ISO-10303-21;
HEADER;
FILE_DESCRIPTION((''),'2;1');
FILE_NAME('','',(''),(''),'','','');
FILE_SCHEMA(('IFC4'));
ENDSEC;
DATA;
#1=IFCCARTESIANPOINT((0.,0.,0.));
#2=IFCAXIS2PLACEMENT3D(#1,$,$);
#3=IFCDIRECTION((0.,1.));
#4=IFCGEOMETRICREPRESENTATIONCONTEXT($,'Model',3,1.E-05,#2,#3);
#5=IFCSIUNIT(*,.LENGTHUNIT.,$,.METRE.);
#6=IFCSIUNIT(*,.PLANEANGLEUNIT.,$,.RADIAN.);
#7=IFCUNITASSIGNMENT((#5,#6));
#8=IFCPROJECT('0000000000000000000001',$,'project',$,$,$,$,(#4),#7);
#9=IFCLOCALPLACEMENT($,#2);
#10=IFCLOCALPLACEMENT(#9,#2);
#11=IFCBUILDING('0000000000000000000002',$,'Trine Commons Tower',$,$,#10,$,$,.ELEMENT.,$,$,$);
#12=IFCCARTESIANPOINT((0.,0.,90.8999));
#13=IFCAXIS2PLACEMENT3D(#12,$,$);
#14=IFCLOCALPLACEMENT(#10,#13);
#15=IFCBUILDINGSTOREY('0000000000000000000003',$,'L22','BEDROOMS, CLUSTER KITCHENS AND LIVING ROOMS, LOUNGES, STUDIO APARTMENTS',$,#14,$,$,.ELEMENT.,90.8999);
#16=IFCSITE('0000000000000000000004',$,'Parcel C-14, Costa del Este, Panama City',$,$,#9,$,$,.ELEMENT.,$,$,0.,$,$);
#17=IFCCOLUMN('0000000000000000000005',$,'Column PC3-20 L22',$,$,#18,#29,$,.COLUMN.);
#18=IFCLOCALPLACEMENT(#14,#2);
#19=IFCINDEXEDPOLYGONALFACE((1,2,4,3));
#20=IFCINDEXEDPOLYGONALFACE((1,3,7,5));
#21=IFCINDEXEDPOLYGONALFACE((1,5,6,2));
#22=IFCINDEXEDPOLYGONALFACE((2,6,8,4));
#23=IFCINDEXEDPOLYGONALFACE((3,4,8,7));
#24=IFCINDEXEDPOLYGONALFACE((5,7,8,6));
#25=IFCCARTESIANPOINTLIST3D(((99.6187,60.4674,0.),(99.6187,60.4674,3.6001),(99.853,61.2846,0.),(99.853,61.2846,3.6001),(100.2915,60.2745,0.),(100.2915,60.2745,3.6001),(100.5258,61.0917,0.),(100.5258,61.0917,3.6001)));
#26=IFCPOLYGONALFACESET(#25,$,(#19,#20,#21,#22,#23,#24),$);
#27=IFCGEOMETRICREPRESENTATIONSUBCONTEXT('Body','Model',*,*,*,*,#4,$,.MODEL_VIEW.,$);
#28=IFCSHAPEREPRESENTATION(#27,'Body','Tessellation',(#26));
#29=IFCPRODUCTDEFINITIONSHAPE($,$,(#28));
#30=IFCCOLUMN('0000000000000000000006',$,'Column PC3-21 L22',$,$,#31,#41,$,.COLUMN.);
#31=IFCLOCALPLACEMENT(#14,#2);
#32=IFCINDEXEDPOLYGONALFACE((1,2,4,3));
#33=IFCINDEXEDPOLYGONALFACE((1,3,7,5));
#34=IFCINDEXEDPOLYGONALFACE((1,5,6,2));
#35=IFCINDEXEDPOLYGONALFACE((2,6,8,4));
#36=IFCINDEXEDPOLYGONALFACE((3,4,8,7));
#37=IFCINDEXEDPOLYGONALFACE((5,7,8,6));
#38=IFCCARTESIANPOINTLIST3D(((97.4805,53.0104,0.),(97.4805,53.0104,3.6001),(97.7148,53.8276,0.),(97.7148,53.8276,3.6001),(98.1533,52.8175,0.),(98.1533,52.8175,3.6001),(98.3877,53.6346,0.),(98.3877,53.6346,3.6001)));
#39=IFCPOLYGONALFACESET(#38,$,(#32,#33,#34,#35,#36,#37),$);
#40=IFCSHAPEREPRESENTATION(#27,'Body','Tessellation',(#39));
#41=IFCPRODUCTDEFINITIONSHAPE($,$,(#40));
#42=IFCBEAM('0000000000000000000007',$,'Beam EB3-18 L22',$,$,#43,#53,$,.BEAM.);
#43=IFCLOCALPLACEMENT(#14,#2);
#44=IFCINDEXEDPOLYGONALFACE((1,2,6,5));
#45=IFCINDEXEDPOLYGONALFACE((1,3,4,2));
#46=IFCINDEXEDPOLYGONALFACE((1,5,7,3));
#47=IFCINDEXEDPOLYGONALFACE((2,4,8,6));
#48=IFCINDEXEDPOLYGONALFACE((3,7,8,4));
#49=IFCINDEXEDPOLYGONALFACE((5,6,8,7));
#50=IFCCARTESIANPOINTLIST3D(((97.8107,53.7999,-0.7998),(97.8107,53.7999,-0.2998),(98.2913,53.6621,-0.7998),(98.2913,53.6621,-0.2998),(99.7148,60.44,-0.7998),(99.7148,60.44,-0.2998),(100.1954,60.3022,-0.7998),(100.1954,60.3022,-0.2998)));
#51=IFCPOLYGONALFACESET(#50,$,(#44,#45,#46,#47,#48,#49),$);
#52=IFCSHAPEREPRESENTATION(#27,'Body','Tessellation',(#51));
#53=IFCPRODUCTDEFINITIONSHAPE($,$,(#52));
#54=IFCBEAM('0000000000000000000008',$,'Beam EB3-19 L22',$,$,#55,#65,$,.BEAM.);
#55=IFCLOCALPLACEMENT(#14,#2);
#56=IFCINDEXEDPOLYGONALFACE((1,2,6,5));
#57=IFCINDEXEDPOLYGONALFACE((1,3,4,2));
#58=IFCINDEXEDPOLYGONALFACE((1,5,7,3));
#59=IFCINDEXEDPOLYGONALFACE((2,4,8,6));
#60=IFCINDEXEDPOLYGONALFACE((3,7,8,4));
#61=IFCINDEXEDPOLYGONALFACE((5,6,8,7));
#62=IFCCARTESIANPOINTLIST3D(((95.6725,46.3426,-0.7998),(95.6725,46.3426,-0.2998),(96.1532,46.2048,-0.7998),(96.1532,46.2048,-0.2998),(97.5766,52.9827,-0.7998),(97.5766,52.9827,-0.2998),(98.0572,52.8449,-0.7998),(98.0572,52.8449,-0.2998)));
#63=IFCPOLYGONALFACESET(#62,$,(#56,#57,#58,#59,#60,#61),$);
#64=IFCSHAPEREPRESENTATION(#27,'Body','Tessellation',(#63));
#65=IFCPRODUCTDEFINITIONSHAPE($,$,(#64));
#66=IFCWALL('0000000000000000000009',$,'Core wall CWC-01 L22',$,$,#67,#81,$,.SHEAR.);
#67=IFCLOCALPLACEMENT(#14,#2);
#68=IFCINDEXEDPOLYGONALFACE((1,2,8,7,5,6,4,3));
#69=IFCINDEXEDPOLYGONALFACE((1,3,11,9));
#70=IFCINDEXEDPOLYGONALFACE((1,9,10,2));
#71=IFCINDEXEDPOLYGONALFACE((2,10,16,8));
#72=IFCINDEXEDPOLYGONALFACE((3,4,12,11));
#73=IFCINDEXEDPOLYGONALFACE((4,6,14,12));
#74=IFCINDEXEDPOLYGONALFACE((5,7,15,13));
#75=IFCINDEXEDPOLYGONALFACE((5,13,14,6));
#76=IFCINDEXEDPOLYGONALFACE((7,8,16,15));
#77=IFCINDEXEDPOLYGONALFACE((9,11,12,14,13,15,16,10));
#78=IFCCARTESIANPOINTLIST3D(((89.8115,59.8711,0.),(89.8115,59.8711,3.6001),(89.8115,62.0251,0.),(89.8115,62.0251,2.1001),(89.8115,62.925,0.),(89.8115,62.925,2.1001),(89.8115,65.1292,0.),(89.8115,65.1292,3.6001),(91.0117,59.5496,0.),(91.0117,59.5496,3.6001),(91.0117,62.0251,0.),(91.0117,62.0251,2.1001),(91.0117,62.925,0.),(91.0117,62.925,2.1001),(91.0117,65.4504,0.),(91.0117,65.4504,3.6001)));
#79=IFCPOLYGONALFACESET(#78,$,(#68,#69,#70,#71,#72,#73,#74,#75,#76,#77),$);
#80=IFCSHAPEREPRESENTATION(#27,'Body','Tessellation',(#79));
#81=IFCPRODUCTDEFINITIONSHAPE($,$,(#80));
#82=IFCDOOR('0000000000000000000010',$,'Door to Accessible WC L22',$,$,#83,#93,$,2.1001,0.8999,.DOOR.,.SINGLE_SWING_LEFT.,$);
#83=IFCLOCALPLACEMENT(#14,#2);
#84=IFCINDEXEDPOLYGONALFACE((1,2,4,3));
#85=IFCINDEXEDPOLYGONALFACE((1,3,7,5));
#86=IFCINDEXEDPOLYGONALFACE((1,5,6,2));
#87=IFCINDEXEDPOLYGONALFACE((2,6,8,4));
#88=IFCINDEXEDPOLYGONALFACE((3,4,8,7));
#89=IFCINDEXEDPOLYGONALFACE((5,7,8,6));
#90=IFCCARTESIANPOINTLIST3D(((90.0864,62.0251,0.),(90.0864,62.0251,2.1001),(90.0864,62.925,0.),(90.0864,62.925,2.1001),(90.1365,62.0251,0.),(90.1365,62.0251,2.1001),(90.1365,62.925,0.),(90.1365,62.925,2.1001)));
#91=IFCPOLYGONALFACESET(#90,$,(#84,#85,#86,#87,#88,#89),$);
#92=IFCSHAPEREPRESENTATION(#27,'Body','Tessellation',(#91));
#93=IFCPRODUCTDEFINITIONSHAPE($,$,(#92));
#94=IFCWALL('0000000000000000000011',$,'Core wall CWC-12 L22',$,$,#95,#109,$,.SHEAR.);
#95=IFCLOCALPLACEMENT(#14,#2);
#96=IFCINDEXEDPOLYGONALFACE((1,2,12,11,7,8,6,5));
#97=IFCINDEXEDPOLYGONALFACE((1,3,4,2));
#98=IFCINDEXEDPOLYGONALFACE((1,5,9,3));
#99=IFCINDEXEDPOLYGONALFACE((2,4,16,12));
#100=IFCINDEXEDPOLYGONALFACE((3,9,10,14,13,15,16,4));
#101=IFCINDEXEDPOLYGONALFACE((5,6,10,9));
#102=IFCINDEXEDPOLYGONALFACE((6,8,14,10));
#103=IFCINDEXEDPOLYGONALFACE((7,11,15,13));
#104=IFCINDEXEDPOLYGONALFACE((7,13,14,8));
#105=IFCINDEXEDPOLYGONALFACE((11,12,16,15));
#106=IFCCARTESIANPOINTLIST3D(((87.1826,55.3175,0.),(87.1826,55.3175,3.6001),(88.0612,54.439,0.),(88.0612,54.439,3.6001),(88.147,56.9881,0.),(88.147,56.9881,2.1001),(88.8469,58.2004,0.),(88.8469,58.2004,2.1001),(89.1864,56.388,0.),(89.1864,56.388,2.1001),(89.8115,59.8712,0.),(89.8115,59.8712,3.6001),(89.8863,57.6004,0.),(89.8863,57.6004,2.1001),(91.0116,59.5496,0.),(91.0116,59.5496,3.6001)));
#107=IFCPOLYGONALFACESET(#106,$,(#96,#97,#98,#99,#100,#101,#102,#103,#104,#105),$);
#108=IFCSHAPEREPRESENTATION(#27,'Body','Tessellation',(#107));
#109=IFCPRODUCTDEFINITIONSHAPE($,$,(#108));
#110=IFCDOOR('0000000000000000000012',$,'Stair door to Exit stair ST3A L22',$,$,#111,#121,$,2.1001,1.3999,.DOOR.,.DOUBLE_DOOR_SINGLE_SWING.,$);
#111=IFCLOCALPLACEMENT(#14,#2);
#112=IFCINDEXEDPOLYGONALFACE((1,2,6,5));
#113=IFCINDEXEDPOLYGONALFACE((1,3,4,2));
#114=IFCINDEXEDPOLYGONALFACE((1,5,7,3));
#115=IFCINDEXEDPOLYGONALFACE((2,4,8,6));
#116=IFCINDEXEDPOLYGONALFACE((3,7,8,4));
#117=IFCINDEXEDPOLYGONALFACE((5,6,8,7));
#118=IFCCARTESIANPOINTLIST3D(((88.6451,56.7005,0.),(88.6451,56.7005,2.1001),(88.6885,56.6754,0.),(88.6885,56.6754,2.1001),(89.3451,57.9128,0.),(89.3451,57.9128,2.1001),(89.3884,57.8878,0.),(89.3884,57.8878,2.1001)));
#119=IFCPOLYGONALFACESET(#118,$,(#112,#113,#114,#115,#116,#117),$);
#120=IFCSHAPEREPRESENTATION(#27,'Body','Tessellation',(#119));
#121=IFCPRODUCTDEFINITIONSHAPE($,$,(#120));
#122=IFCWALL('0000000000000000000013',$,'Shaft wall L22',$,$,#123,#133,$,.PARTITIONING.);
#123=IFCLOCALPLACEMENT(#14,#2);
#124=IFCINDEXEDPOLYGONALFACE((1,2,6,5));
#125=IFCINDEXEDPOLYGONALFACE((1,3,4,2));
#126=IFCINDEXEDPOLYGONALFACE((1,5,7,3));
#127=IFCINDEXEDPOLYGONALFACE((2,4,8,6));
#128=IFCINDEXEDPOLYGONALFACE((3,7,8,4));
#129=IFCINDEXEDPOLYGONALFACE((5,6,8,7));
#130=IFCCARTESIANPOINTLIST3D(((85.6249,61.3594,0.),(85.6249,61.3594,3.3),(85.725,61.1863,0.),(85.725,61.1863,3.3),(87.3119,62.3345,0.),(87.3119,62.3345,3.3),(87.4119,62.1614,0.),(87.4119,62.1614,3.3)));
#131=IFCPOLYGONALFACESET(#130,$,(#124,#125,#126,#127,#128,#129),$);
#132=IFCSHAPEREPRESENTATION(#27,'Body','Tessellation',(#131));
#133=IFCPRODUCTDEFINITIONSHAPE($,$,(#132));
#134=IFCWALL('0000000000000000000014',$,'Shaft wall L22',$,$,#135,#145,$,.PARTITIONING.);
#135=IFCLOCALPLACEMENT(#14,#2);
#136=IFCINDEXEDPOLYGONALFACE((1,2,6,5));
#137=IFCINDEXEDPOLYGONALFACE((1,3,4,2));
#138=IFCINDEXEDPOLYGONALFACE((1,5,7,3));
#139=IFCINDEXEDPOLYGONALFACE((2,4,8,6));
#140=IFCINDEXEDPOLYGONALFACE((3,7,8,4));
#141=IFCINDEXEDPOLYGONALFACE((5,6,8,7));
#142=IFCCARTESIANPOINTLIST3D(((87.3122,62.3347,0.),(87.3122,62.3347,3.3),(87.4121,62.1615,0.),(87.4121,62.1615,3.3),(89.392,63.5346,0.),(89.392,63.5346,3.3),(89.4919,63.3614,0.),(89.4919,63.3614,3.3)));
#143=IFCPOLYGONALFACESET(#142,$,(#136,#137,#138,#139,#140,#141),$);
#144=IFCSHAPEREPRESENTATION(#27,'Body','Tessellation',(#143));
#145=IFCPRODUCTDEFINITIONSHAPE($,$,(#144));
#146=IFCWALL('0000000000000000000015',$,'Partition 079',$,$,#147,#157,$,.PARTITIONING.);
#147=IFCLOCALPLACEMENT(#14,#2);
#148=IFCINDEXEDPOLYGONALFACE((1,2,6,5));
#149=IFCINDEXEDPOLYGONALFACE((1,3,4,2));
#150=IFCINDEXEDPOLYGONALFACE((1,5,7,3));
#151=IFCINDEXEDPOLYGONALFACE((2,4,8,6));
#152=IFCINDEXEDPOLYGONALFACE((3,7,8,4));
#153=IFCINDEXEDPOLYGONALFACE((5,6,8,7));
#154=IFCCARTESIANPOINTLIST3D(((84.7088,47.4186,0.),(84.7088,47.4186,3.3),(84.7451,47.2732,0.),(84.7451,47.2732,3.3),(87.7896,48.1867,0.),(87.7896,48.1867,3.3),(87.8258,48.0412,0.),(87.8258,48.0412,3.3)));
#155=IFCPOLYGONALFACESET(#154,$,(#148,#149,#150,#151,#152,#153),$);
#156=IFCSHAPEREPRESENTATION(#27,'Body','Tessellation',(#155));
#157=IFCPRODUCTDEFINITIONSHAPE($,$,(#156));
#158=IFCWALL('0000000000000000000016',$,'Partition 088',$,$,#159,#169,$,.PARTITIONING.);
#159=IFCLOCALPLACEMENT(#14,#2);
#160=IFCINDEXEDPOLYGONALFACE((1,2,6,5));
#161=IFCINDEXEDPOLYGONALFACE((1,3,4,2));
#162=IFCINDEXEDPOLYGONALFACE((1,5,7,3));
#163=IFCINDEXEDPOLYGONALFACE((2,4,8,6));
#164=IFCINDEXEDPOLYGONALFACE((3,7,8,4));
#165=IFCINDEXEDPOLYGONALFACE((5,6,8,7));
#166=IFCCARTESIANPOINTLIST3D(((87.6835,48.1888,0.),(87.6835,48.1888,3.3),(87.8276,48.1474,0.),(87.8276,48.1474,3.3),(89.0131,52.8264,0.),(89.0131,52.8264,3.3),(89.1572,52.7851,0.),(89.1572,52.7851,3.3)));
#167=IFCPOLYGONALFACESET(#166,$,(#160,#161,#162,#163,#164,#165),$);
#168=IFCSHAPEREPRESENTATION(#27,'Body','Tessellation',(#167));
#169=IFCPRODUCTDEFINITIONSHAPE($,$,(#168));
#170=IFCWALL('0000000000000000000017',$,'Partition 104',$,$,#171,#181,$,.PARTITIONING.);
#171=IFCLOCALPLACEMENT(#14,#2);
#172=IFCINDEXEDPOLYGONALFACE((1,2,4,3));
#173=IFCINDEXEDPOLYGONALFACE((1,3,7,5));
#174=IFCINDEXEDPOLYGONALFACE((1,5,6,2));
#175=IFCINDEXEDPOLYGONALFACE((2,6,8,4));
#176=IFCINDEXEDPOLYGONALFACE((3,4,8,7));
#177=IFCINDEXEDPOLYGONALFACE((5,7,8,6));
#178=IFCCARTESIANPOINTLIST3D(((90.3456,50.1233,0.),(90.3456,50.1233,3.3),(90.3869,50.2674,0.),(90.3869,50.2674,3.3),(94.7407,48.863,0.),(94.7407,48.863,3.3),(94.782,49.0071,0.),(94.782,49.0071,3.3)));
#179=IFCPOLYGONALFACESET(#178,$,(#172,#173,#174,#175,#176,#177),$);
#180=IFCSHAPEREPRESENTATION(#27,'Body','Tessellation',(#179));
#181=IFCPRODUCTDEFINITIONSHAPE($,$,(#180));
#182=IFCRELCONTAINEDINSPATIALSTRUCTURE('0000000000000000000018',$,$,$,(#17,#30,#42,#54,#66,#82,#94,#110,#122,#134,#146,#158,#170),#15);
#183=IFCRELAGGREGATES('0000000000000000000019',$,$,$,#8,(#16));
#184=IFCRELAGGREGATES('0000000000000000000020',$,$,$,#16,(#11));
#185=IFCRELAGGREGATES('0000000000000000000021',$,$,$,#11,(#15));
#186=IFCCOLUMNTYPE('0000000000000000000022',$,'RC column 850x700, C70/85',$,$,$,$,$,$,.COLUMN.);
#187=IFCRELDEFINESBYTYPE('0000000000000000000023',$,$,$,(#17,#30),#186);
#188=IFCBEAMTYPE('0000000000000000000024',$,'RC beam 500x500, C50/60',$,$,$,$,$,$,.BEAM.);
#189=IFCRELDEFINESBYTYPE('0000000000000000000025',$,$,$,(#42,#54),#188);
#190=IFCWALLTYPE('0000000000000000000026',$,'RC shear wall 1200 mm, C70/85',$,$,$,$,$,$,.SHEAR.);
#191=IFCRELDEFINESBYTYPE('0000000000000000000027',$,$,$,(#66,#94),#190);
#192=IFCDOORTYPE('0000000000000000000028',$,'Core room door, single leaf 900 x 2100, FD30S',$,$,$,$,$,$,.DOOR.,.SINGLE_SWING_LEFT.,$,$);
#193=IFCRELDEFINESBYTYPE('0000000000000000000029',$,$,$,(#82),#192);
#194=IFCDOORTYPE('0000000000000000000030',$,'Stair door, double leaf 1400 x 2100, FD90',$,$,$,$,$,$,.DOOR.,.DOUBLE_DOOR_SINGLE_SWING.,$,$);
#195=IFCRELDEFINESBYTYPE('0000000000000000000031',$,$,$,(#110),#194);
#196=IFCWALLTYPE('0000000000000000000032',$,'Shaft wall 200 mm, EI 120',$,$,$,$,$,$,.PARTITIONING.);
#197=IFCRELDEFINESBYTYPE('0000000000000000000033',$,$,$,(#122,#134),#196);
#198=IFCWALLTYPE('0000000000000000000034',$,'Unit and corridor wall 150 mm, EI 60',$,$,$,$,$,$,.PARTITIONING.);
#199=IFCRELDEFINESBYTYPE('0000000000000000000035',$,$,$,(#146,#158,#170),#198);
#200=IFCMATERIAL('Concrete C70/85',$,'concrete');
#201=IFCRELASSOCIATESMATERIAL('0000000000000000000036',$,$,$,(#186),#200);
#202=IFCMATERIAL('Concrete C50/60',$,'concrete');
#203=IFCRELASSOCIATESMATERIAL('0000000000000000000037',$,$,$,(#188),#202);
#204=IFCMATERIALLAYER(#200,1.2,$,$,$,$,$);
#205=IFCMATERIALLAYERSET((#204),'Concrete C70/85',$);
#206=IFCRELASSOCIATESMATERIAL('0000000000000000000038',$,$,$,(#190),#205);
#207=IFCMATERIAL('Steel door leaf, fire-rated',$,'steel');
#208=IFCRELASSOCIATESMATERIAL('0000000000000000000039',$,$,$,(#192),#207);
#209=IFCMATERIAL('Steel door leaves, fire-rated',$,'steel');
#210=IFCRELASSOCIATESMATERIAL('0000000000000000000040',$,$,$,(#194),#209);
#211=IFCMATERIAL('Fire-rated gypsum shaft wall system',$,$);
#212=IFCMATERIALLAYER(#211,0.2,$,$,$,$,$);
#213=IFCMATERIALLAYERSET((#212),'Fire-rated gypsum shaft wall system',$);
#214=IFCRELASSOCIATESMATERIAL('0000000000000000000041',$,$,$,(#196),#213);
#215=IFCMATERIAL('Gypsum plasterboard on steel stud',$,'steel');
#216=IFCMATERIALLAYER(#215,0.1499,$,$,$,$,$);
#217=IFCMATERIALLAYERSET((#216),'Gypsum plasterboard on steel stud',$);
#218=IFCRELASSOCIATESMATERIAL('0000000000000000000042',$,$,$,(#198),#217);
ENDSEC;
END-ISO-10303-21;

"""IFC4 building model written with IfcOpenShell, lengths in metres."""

from ifc_helpers import new_model, si_unit, direction, frame, frame_2d, origin, origin_2d, place, context, subcontext, project, spatial, polyline, rectangle, outline, extrude, material, layer, layer_set, material_profile, profile_set, type_object, element, fill, save


model = new_model("IFC4")

# Units and contexts
model_context = context("Model", 3, precision=1e-05, world=origin(), true_north=direction((0.0, 1.0)))
body_context = subcontext(model_context, "Body", "Model", "MODEL_VIEW")
ifc_project = project(units=[si_unit("LENGTHUNIT", "METRE"), si_unit("PLANEANGLEUNIT", "RADIAN")], contexts=[model_context])

# Site, building, storey
site_placement = place(None, origin())
site = spatial("IfcSite", under=ifc_project, at=site_placement, Name="Parcel C-14, Costa del Este, Panama City", CompositionType="ELEMENT", RefElevation=0.0)
building_placement = place(site_placement, origin())
building = spatial("IfcBuilding", under=site, at=building_placement, Name="Trine Commons Tower", CompositionType="ELEMENT")
storey_placement = place(building_placement, frame((0.0, 0.0, 90.8999)))
storey = spatial("IfcBuildingStorey", under=building, at=storey_placement, Name="L22", Description="BEDROOMS, CLUSTER KITCHENS AND LIVING ROOMS, LOUNGES, STUDIO APARTMENTS", CompositionType="ELEMENT", Elevation=90.8999)

# Columns
ifc_material_1 = material(Name="Concrete C70/85", Category="concrete")
ifc_material_profile_1 = material_profile(ifc_material_1, rectangle(XDim=0.8501, YDim=0.7, at=origin_2d()), Name="RC 850x700")
ifc_profile_set_1 = profile_set([ifc_material_profile_1], Name="Concrete C70/85")
column_type = type_object("IfcColumnType", Name="RC column 850x700, C70/85", PredefinedType="COLUMN", material=ifc_profile_set_1)
for number, where, z_axis, x_axis, name in (
    (1, (100.0723, 60.7795, 0.0), (0.0, 0.0, 1.0), (0.275637, 0.961262, 0.0), "Column PC3-20 L22"),
    (2, (97.9341, 53.3225, 0.0), (0.0, 0.0, 1.0), (0.275637, 0.961262, 0.0), "Column PC3-21 L22"),
):
    element("IfcColumn", number, at=place(storey_placement, frame(where, z_axis=z_axis, x_axis=x_axis)), inside=storey, type_object=column_type, Name=name, PredefinedType="COLUMN", context=body_context, shape_type="SweptSolid", body=[
        extrude(rectangle(XDim=0.8501, YDim=0.7, at=origin_2d()), origin(), (0.0, 0.0, 1.0), 3.6001),
    ])

# Beams
ifc_material_2 = material(Name="Concrete C50/60", Category="concrete")
ifc_material_profile_2 = material_profile(ifc_material_2, rectangle(XDim=0.5, YDim=0.5, at=origin_2d()), Name="RC 500x500")
ifc_profile_set_2 = profile_set([ifc_material_profile_2], Name="Concrete C50/60")
beam_type = type_object("IfcBeamType", Name="RC beam 500x500, C50/60", PredefinedType="BEAM", material=ifc_profile_set_2)
for number, where, z_axis, x_axis, name in (
    (3, (99.9551, 60.3711, -0.5498), (-0.275641, -0.961261, 0.0), (0.961261, -0.275641, 0.0), "Beam EB3-18 L22"),
    (4, (97.8169, 52.9138, -0.5498), (-0.275641, -0.961261, 0.0), (0.961261, -0.275641, 0.0), "Beam EB3-19 L22"),
):
    element("IfcBeam", number, at=place(storey_placement, frame(where, z_axis=z_axis, x_axis=x_axis)), inside=storey, type_object=beam_type, Name=name, PredefinedType="BEAM", context=body_context, shape_type="SweptSolid", body=[
        extrude(rectangle(XDim=0.5, YDim=0.5, at=origin_2d()), origin(), (0.0, 0.0, 1.0), 6.9077),
    ])

# Walls, openings, doors
ifc_layer_1 = layer(ifc_material_1, 1.2)
ifc_layer_set_1 = layer_set([ifc_layer_1], Name="Concrete C70/85")
wall_type_1 = type_object("IfcWallType", Name="RC shear wall 1200 mm, C70/85", PredefinedType="SHEAR", material=ifc_layer_set_1)
wall_1_placement = place(storey_placement, frame((90.4116, 59.5496, 0.0), z_axis=(0.0, 0.0, 1.0), x_axis=(0.0, 1.0, 0.0)))
wall_1 = element("IfcWall", 5, at=wall_1_placement, inside=storey, type_object=wall_type_1, Name="Core wall CWC-01 L22", PredefinedType="SHEAR", context=body_context, shape_type="SweptSolid", body=[
    extrude(outline(polyline([(0.0, -0.6001), (5.9009, -0.6001), (5.5796, 0.6001), (0.3215, 0.6001), (0.0, -0.6001)])), origin(), (0.0, 0.0, 1.0), 3.6001),
])
opening_1_placement = place(wall_1_placement, frame((2.4756, 0.0, 0.0)))
opening_1 = element("IfcOpeningElement", 6, at=opening_1_placement, cuts=wall_1, PredefinedType="OPENING", context=body_context, shape_type="SweptSolid", body=[
    extrude(rectangle(XDim=0.8999, YDim=2.1001, at=frame_2d((0.45, 1.05))), frame((0.0, 0.6099, 0.0), z_axis=(0.0, -1.0, 0.0), x_axis=(1.0, 0.0, 0.0)), (0.0, 0.0, 1.0), 1.22),
])
ifc_material_3 = material(Name="Steel door leaf, fire-rated", Category="steel")
door_type_1 = type_object("IfcDoorType", Name="Core room door, single leaf 900 x 2100, FD30S", OperationType="SINGLE_SWING_LEFT", PredefinedType="DOOR", material=ifc_material_3)
door_1_placement = place(opening_1_placement, origin())
door_1 = element("IfcDoor", 7, at=door_1_placement, inside=storey, type_object=door_type_1, Name="Door to Accessible WC L22", OperationType="SINGLE_SWING_LEFT", OverallHeight=2.1001, OverallWidth=0.8999, PredefinedType="DOOR", context=body_context, shape_type="SweptSolid", body=[
    extrude(rectangle(XDim=0.8999, YDim=2.1001, at=frame_2d((0.45, 1.05))), frame((0.0, 0.3252, 0.0), z_axis=(0.0, -1.0, 0.0), x_axis=(1.0, 0.0, 0.0)), (0.0, 0.0, 1.0), 0.05),
])
fill(opening_1, door_1)
wall_2_placement = place(storey_placement, frame((87.5415, 54.739, 0.0), z_axis=(0.0, 0.0, 1.0), x_axis=(0.499979, 0.866037, 0.0)))
wall_2 = element("IfcWall", 8, at=wall_2_placement, inside=storey, type_object=wall_type_1, Name="Core wall CWC-12 L22", PredefinedType="SHEAR", context=body_context, shape_type="SweptSolid", body=[
    extrude(outline(polyline([(0.0, -0.6001), (5.9011, -0.6001), (5.5796, 0.6001), (0.3215, 0.6001), (0.0, -0.6001)])), origin(), (0.0, 0.0, 1.0), 3.6001),
])
opening_2_placement = place(wall_2_placement, frame((2.2505, 0.0, 0.0)))
opening_2 = element("IfcOpeningElement", 9, at=opening_2_placement, cuts=wall_2, PredefinedType="OPENING", context=body_context, shape_type="SweptSolid", body=[
    extrude(rectangle(XDim=1.3999, YDim=2.1001, at=frame_2d((0.7, 1.05))), frame((0.0, 0.6099, 0.0), z_axis=(0.0, -1.0, 0.0), x_axis=(1.0, 0.0, 0.0)), (0.0, 0.0, 1.0), 1.22),
])
ifc_material_4 = material(Name="Steel door leaves, fire-rated", Category="steel")
door_type_2 = type_object("IfcDoorType", Name="Stair door, double leaf 1400 x 2100, FD90", OperationType="DOUBLE_DOOR_SINGLE_SWING", PredefinedType="DOOR", material=ifc_material_4)
door_2_placement = place(opening_2_placement, origin())
door_2 = element("IfcDoor", 10, at=door_2_placement, inside=storey, type_object=door_type_2, Name="Stair door to Exit stair ST3A L22", OperationType="DOUBLE_DOOR_SINGLE_SWING", OverallHeight=2.1001, OverallWidth=1.3999, PredefinedType="DOOR", context=body_context, shape_type="SweptSolid", body=[
    extrude(rectangle(XDim=1.3999, YDim=2.1001, at=frame_2d((0.7, 1.05))), frame((0.0, 0.0249, 0.0), z_axis=(0.0, -1.0, 0.0), x_axis=(1.0, 0.0, 0.0)), (0.0, 0.0, 1.0), 0.05),
])
fill(opening_2, door_2)

# Walls
ifc_material_5 = material(Name="Fire-rated gypsum shaft wall system")
ifc_layer_2 = layer(ifc_material_5, 0.2)
ifc_layer_set_2 = layer_set([ifc_layer_2], Name="Fire-rated gypsum shaft wall system")
wall_type_2 = type_object("IfcWallType", Name="Shaft wall 200 mm, EI 120", PredefinedType="PARTITIONING", material=ifc_layer_set_2)
wall_3_placement = place(storey_placement, frame((85.675, 61.2729, 0.0), z_axis=(0.0, 0.0, 1.0), x_axis=(0.865781, 0.500424, 0.0)))
element("IfcWall", 11, at=wall_3_placement, inside=storey, type_object=wall_type_2, Name="Shaft wall L22", PredefinedType="PARTITIONING", context=body_context, shape_type="SweptSolid", body=[
    extrude(rectangle(XDim=1.9485, YDim=0.2, at=frame_2d((0.9741, 0.0))), origin(), (0.0, 0.0, 1.0), 3.3),
])
wall_4_placement = place(storey_placement, frame((87.3621, 62.248, 0.0), z_axis=(0.0, 0.0, 1.0), x_axis=(0.866177, 0.499737, 0.0)))
element("IfcWall", 12, at=wall_4_placement, inside=storey, type_object=wall_type_2, Name="Shaft wall L22", PredefinedType="PARTITIONING", context=body_context, shape_type="SweptSolid", body=[
    extrude(rectangle(XDim=2.4011, YDim=0.2, at=frame_2d((1.2007, 0.0))), origin(), (0.0, 0.0, 1.0), 3.3),
])
ifc_material_6 = material(Name="Gypsum plasterboard on steel stud", Category="steel")
ifc_layer_3 = layer(ifc_material_6, 0.1499)
ifc_layer_set_3 = layer_set([ifc_layer_3], Name="Gypsum plasterboard on steel stud")
wall_type_3 = type_object("IfcWallType", Name="Unit and corridor wall 150 mm, EI 60", PredefinedType="PARTITIONING", material=ifc_layer_set_3)
wall_5_placement = place(storey_placement, frame((84.7271, 47.3459, 0.0), z_axis=(0.0, 0.0, 1.0), x_axis=(0.970301, 0.241902, 0.0)))
element("IfcWall", 13, at=wall_5_placement, inside=storey, type_object=wall_type_3, Name="Partition 079", PredefinedType="PARTITIONING", context=body_context, shape_type="SweptSolid", body=[
    extrude(rectangle(XDim=3.175, YDim=0.1499, at=frame_2d((1.5874, 0.0))), origin(), (0.0, 0.0, 1.0), 3.3),
])
wall_6_placement = place(storey_placement, frame((87.7556, 48.1682, 0.0), z_axis=(0.0, 0.0, 1.0), x_axis=(0.27559, 0.961275, 0.0)))
element("IfcWall", 14, at=wall_6_placement, inside=storey, type_object=wall_type_3, Name="Partition 088", PredefinedType="PARTITIONING", context=body_context, shape_type="SweptSolid", body=[
    extrude(rectangle(XDim=4.8245, YDim=0.1499, at=frame_2d((2.4121, 0.0))), origin(), (0.0, 0.0, 1.0), 3.3),
])
wall_7_placement = place(storey_placement, frame((90.3662, 50.1953, 0.0), z_axis=(0.0, 0.0, 1.0), x_axis=(0.961266, -0.275624, 0.0)))
element("IfcWall", 15, at=wall_7_placement, inside=storey, type_object=wall_type_3, Name="Partition 104", PredefinedType="PARTITIONING", context=body_context, shape_type="SweptSolid", body=[
    extrude(rectangle(XDim=4.5723, YDim=0.1499, at=frame_2d((2.2861, 0.0))), origin(), (0.0, 0.0, 1.0), 3.3),
])

save(model, "model.ifc")
